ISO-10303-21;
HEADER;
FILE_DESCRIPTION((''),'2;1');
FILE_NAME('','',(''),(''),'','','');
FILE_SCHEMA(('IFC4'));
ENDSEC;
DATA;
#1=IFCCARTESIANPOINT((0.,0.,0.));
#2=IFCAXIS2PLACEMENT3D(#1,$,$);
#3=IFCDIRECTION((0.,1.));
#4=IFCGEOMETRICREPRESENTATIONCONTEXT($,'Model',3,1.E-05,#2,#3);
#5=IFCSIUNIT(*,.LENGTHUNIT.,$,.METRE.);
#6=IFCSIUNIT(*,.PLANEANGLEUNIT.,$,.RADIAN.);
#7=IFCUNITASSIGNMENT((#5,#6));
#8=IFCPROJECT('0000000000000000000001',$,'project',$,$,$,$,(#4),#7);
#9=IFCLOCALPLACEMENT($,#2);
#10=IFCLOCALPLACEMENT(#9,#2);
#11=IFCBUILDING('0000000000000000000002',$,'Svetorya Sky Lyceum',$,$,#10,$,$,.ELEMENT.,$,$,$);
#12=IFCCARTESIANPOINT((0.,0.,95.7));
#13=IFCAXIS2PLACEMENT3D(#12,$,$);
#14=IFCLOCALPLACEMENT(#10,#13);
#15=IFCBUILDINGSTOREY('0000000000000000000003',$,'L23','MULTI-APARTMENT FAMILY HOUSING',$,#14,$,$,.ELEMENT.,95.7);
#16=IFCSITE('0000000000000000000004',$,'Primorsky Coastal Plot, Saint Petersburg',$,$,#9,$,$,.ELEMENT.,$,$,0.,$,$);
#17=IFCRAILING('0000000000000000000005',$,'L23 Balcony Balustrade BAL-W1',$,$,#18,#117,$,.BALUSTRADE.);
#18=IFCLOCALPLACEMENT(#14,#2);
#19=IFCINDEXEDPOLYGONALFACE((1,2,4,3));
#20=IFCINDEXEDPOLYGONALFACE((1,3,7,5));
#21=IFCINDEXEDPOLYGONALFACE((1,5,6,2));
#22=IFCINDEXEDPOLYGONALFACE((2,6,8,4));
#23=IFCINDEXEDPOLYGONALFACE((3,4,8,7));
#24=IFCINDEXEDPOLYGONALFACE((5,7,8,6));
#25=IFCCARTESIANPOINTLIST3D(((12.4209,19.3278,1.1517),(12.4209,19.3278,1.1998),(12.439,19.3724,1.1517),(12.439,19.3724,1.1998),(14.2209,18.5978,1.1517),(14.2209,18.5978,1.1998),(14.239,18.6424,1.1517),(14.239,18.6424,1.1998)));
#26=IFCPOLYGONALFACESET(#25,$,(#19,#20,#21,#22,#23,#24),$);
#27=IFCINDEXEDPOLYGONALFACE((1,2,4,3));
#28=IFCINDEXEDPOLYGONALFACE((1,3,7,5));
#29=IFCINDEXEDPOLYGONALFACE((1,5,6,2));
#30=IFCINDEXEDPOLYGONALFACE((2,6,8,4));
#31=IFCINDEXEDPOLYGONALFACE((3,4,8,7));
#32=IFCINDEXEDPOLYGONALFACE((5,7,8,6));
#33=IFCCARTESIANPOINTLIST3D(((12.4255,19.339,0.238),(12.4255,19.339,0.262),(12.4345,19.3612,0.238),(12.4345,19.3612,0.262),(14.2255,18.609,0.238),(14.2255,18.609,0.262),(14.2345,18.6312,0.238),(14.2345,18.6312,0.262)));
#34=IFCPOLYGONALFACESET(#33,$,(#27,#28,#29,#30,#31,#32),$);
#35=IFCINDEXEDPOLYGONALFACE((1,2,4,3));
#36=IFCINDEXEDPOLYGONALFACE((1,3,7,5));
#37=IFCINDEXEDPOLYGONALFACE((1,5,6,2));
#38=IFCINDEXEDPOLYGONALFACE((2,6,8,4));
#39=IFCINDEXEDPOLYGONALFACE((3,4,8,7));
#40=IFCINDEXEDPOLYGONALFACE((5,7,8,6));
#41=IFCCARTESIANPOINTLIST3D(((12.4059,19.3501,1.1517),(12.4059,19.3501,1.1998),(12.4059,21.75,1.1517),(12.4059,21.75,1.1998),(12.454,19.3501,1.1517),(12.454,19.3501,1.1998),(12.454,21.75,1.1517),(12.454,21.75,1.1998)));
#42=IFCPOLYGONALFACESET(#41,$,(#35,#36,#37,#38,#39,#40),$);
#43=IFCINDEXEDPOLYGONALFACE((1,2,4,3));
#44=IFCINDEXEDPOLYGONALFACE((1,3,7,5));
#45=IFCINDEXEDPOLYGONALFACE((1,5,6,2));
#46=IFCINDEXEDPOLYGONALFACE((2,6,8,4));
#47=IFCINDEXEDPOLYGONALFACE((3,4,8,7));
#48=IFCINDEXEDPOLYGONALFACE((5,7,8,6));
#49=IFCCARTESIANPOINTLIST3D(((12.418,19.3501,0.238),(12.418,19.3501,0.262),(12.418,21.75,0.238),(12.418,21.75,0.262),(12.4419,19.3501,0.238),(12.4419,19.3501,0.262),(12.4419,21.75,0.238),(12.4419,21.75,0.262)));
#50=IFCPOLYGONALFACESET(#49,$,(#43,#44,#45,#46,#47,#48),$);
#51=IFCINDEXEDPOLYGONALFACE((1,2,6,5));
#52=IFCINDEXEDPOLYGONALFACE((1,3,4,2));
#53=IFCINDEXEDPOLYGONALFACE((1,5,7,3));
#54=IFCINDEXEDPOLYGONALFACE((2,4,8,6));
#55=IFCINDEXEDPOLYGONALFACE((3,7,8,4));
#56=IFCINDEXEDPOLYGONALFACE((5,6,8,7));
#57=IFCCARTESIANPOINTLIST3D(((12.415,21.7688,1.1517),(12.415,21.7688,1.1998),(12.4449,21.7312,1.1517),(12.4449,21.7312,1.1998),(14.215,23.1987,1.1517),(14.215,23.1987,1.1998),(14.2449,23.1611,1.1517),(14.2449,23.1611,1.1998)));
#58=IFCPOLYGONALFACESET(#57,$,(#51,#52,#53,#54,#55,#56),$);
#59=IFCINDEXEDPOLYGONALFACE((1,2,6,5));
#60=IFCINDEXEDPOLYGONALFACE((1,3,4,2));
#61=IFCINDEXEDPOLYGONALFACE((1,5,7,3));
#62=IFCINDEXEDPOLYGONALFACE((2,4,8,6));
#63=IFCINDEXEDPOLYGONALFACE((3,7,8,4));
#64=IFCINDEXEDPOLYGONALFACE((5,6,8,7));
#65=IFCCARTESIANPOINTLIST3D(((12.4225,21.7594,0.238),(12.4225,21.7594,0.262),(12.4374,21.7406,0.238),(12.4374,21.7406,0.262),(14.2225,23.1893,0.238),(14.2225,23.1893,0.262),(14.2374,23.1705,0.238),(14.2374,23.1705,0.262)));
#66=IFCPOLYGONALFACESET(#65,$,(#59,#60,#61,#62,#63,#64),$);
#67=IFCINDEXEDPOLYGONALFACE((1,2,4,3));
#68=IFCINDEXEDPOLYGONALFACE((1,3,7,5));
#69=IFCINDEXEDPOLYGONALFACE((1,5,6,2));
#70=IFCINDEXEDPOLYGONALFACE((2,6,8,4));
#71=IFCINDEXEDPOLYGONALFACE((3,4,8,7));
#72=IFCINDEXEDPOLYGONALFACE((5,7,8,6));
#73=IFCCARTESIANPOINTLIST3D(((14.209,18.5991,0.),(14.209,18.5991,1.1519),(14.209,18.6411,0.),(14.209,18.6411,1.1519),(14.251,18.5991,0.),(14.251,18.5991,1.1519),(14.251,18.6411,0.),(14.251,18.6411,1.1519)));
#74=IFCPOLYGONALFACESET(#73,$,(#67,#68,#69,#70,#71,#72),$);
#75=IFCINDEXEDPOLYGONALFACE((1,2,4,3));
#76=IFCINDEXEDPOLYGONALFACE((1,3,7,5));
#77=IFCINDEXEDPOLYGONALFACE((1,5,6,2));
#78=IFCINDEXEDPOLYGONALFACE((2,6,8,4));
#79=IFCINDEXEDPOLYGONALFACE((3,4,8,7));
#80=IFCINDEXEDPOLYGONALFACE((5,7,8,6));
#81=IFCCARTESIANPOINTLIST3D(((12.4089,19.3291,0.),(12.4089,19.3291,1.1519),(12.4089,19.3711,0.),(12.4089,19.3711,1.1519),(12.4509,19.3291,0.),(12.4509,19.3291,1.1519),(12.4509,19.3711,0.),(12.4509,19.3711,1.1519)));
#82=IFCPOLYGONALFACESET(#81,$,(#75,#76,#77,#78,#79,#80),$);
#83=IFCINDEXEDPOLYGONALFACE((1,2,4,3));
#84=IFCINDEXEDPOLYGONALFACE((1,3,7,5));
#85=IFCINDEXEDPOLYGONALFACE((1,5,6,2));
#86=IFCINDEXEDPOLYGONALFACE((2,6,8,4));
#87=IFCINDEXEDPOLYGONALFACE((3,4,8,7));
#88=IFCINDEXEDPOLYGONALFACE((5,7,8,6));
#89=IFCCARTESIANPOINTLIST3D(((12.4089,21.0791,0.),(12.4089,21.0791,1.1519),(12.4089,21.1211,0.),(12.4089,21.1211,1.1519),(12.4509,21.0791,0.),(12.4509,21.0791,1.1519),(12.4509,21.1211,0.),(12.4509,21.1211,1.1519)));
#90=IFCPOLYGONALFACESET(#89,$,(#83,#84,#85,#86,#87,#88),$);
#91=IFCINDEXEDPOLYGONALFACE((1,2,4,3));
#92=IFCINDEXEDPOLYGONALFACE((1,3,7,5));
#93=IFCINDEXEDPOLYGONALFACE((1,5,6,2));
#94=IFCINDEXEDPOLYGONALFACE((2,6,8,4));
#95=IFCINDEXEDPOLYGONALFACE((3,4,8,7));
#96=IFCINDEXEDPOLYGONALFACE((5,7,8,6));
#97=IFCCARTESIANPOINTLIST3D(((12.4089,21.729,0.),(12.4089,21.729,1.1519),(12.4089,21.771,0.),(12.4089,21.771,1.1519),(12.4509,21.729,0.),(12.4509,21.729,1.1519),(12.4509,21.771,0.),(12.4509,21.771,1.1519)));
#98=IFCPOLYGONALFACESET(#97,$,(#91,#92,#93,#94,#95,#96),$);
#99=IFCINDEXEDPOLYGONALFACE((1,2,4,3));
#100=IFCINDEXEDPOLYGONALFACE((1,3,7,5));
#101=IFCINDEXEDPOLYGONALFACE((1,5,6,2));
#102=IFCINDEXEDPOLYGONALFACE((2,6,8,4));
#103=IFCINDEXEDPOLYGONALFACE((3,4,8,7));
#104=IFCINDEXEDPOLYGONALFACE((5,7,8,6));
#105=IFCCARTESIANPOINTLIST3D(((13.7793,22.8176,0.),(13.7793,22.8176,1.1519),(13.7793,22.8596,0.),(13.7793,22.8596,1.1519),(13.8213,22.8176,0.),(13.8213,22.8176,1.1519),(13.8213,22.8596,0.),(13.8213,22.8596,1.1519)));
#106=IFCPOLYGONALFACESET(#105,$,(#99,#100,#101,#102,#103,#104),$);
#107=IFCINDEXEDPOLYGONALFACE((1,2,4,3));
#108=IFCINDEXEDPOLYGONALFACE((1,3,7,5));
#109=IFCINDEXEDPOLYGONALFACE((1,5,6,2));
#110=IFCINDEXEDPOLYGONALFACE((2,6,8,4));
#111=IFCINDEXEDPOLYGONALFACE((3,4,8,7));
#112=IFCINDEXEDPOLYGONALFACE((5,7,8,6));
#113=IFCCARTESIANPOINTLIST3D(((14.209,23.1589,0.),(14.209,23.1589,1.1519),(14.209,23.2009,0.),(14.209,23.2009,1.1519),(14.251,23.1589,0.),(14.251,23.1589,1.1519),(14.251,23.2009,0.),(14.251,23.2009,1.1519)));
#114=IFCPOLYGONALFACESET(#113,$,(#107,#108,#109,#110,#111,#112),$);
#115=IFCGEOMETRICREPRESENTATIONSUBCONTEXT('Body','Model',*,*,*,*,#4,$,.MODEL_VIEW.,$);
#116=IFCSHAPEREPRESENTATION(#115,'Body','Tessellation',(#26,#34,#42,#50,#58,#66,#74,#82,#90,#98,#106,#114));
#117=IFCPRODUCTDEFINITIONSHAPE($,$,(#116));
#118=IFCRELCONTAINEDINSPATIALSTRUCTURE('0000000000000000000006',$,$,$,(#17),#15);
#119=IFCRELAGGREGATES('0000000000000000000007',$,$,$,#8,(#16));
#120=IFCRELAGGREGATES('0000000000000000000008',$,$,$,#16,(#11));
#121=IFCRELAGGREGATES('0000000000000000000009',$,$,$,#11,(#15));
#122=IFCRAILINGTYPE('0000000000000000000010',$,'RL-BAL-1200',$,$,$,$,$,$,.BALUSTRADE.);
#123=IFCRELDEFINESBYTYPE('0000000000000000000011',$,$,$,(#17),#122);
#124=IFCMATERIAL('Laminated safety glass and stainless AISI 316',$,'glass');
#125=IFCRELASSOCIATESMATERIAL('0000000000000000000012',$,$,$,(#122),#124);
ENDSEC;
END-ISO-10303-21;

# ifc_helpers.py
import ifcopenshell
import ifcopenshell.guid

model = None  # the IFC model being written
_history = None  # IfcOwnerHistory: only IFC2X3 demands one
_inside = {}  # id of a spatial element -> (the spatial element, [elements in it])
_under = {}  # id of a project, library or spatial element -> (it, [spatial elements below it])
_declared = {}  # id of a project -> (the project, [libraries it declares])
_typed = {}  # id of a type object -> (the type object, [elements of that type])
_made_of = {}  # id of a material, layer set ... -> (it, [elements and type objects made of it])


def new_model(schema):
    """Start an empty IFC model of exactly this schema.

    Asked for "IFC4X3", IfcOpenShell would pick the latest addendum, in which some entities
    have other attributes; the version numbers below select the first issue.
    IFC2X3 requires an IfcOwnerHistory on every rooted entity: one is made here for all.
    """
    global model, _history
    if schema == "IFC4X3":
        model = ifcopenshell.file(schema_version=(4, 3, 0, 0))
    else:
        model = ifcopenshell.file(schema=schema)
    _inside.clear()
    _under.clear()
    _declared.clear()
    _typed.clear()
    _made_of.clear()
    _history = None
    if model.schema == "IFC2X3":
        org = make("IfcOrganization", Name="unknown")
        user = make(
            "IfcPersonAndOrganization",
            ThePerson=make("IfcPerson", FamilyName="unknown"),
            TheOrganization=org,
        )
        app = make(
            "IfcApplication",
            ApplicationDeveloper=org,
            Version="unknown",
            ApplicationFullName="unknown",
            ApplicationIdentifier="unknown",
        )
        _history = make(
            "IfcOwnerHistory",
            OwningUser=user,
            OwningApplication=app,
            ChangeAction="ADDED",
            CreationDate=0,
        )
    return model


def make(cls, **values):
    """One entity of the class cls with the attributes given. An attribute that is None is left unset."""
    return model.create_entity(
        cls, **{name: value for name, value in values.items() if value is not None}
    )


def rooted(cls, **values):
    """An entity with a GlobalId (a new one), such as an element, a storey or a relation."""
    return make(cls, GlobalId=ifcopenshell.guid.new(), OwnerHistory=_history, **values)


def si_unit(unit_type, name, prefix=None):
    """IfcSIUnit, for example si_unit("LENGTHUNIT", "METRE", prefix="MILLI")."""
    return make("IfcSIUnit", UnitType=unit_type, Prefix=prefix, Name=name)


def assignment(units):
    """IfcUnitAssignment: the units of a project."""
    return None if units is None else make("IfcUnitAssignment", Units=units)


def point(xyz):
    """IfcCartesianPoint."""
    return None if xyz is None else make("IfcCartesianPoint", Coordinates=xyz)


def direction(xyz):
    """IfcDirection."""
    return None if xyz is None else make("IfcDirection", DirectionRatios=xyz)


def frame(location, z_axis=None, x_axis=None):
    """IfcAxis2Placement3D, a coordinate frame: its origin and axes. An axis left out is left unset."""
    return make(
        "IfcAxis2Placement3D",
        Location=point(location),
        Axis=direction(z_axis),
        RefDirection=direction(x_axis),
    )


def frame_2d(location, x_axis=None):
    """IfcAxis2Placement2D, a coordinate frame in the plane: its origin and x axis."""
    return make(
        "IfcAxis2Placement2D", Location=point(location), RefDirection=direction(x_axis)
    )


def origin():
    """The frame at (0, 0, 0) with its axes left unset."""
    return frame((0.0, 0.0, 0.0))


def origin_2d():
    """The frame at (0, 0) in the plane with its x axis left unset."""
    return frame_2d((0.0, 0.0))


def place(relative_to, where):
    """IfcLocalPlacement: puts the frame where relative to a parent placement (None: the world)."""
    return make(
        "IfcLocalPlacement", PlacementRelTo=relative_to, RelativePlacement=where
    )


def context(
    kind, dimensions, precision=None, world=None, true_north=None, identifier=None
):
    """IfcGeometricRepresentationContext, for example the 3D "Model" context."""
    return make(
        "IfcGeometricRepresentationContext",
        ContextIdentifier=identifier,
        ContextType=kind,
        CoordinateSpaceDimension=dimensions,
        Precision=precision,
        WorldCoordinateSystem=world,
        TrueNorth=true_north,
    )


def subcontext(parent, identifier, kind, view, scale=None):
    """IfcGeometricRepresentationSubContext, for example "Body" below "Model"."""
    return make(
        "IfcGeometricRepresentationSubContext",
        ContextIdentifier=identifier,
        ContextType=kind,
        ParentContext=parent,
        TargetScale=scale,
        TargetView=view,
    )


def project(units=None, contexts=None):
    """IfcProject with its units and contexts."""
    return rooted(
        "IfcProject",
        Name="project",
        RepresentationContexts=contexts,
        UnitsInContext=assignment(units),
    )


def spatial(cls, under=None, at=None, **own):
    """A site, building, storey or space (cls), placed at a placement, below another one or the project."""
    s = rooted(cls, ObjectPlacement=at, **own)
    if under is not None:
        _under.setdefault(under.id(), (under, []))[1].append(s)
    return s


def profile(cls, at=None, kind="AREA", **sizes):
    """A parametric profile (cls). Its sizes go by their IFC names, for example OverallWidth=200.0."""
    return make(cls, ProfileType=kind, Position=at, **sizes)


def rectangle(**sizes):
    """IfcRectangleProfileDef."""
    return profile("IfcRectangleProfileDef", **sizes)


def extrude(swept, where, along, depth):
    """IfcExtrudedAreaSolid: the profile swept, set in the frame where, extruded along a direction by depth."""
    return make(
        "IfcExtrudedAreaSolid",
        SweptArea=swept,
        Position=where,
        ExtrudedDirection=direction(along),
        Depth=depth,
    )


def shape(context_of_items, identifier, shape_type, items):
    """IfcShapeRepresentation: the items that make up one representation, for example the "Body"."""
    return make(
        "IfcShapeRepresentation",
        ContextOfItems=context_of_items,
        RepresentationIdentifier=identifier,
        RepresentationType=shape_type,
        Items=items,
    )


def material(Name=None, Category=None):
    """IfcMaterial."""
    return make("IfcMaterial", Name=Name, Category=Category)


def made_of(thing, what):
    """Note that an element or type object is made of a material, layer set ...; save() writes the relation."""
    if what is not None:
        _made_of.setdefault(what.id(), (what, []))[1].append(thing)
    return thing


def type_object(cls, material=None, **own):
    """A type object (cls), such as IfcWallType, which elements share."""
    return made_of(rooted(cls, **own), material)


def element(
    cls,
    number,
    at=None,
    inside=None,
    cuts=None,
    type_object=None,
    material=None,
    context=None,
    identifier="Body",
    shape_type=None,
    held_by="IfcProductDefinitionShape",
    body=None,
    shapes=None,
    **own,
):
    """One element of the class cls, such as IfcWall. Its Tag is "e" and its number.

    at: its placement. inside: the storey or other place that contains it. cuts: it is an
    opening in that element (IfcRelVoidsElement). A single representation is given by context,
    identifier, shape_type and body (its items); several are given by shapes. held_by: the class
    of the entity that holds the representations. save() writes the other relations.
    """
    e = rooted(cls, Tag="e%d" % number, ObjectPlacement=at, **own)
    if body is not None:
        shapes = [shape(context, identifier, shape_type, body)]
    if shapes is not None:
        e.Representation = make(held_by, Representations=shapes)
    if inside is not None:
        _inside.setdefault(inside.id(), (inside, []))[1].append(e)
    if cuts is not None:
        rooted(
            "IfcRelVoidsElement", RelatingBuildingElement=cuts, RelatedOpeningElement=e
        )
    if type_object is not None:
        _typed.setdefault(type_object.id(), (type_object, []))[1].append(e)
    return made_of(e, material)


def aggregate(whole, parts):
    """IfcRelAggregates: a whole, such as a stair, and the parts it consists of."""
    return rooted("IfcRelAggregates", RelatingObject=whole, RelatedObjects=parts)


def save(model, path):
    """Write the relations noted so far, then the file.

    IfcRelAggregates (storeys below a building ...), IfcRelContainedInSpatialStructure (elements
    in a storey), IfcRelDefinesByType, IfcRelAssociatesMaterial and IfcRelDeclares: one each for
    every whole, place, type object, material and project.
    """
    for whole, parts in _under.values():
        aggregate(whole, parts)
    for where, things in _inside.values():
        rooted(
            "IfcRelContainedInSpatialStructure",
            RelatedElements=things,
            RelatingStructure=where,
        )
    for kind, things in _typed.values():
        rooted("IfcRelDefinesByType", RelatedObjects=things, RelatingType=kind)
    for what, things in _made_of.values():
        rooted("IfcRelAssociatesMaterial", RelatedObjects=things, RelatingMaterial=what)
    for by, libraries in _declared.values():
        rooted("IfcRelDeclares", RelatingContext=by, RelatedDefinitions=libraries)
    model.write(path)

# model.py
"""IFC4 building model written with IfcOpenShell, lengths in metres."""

from ifc_helpers import new_model, si_unit, direction, frame, origin, origin_2d, place, context, subcontext, project, spatial, rectangle, extrude, material, type_object, element, save


model = new_model("IFC4")

# Units and contexts
model_context = context("Model", 3, precision=1e-05, world=origin(), true_north=direction((0.0, 1.0)))
body_context = subcontext(model_context, "Body", "Model", "MODEL_VIEW")
ifc_project = project(units=[si_unit("LENGTHUNIT", "METRE"), si_unit("PLANEANGLEUNIT", "RADIAN")], contexts=[model_context])

# Site, building, storey
site_placement = place(None, origin())
site = spatial("IfcSite", under=ifc_project, at=site_placement, Name="Primorsky Coastal Plot, Saint Petersburg", CompositionType="ELEMENT", RefElevation=0.0)
building_placement = place(site_placement, origin())
building = spatial("IfcBuilding", under=site, at=building_placement, Name="Svetorya Sky Lyceum", CompositionType="ELEMENT")
storey_placement = place(building_placement, frame((0.0, 0.0, 95.7)))
storey = spatial("IfcBuildingStorey", under=building, at=storey_placement, Name="L23", Description="MULTI-APARTMENT FAMILY HOUSING", CompositionType="ELEMENT", Elevation=95.7)

# Railing
ifc_material_1 = material(Name="Laminated safety glass and stainless AISI 316", Category="glass")
railing_type = type_object("IfcRailingType", Name="RL-BAL-1200", PredefinedType="BALUSTRADE", material=ifc_material_1)
railing_placement = place(storey_placement, frame((14.23, 18.6201, 0.0)))
element("IfcRailing", 1, at=railing_placement, inside=storey, type_object=railing_type, Name="L23 Balcony Balustrade BAL-W1", PredefinedType="BALUSTRADE", context=body_context, shape_type="SweptSolid", body=[
    extrude(rectangle(XDim=0.0481, YDim=0.0481, at=origin_2d()), frame((0.0, 0.0, 1.1758), z_axis=(-0.926698, 0.375807, 0.0), x_axis=(-0.375807, -0.926698, 0.0)), (0.0, 0.0, 1.0), 1.9424),
    extrude(rectangle(XDim=0.0239, YDim=0.0239, at=origin_2d()), frame((0.0, 0.0, 0.25), z_axis=(-0.926698, 0.375807, 0.0), x_axis=(-0.375807, -0.926698, 0.0)), (0.0, 0.0, 1.0), 1.9424),
    extrude(rectangle(XDim=0.0481, YDim=0.0481, at=origin_2d()), frame((-1.8, 0.73, 1.1758), z_axis=(0.0, 1.0, 0.0), x_axis=(-1.0, 0.0, 0.0)), (0.0, 0.0, 1.0), 2.3999),
    extrude(rectangle(XDim=0.0239, YDim=0.0239, at=origin_2d()), frame((-1.8, 0.73, 0.25), z_axis=(0.0, 1.0, 0.0), x_axis=(-1.0, 0.0, 0.0)), (0.0, 0.0, 1.0), 2.3999),
    extrude(rectangle(XDim=0.0481, YDim=0.0481, at=origin_2d()), frame((-1.8, 3.1299, 1.1758), z_axis=(0.783009, 0.62201, 0.0), x_axis=(-0.62201, 0.783009, 0.0)), (0.0, 0.0, 1.0), 2.2988),
    extrude(rectangle(XDim=0.0239, YDim=0.0239, at=origin_2d()), frame((-1.8, 3.1299, 0.25), z_axis=(0.783009, 0.62201, 0.0), x_axis=(-0.62201, 0.783009, 0.0)), (0.0, 0.0, 1.0), 2.2988),
    extrude(rectangle(XDim=0.042, YDim=0.042, at=origin_2d()), origin(), (0.0, 0.0, 1.0), 1.1519),
    extrude(rectangle(XDim=0.042, YDim=0.042, at=origin_2d()), frame((-1.8, 0.73, 0.0)), (0.0, 0.0, 1.0), 1.1519),
    extrude(rectangle(XDim=0.042, YDim=0.042, at=origin_2d()), frame((-1.8, 2.48, 0.0)), (0.0, 0.0, 1.0), 1.1519),
    extrude(rectangle(XDim=0.042, YDim=0.042, at=origin_2d()), frame((-1.8, 3.1299, 0.0)), (0.0, 0.0, 1.0), 1.1519),
    extrude(rectangle(XDim=0.042, YDim=0.042, at=origin_2d()), frame((-0.4297, 4.2185, 0.0)), (0.0, 0.0, 1.0), 1.1519),
    extrude(rectangle(XDim=0.042, YDim=0.042, at=origin_2d()), frame((0.0, 4.5598, 0.0)), (0.0, 0.0, 1.0), 1.1519),
])

save(model, "model.ifc")
